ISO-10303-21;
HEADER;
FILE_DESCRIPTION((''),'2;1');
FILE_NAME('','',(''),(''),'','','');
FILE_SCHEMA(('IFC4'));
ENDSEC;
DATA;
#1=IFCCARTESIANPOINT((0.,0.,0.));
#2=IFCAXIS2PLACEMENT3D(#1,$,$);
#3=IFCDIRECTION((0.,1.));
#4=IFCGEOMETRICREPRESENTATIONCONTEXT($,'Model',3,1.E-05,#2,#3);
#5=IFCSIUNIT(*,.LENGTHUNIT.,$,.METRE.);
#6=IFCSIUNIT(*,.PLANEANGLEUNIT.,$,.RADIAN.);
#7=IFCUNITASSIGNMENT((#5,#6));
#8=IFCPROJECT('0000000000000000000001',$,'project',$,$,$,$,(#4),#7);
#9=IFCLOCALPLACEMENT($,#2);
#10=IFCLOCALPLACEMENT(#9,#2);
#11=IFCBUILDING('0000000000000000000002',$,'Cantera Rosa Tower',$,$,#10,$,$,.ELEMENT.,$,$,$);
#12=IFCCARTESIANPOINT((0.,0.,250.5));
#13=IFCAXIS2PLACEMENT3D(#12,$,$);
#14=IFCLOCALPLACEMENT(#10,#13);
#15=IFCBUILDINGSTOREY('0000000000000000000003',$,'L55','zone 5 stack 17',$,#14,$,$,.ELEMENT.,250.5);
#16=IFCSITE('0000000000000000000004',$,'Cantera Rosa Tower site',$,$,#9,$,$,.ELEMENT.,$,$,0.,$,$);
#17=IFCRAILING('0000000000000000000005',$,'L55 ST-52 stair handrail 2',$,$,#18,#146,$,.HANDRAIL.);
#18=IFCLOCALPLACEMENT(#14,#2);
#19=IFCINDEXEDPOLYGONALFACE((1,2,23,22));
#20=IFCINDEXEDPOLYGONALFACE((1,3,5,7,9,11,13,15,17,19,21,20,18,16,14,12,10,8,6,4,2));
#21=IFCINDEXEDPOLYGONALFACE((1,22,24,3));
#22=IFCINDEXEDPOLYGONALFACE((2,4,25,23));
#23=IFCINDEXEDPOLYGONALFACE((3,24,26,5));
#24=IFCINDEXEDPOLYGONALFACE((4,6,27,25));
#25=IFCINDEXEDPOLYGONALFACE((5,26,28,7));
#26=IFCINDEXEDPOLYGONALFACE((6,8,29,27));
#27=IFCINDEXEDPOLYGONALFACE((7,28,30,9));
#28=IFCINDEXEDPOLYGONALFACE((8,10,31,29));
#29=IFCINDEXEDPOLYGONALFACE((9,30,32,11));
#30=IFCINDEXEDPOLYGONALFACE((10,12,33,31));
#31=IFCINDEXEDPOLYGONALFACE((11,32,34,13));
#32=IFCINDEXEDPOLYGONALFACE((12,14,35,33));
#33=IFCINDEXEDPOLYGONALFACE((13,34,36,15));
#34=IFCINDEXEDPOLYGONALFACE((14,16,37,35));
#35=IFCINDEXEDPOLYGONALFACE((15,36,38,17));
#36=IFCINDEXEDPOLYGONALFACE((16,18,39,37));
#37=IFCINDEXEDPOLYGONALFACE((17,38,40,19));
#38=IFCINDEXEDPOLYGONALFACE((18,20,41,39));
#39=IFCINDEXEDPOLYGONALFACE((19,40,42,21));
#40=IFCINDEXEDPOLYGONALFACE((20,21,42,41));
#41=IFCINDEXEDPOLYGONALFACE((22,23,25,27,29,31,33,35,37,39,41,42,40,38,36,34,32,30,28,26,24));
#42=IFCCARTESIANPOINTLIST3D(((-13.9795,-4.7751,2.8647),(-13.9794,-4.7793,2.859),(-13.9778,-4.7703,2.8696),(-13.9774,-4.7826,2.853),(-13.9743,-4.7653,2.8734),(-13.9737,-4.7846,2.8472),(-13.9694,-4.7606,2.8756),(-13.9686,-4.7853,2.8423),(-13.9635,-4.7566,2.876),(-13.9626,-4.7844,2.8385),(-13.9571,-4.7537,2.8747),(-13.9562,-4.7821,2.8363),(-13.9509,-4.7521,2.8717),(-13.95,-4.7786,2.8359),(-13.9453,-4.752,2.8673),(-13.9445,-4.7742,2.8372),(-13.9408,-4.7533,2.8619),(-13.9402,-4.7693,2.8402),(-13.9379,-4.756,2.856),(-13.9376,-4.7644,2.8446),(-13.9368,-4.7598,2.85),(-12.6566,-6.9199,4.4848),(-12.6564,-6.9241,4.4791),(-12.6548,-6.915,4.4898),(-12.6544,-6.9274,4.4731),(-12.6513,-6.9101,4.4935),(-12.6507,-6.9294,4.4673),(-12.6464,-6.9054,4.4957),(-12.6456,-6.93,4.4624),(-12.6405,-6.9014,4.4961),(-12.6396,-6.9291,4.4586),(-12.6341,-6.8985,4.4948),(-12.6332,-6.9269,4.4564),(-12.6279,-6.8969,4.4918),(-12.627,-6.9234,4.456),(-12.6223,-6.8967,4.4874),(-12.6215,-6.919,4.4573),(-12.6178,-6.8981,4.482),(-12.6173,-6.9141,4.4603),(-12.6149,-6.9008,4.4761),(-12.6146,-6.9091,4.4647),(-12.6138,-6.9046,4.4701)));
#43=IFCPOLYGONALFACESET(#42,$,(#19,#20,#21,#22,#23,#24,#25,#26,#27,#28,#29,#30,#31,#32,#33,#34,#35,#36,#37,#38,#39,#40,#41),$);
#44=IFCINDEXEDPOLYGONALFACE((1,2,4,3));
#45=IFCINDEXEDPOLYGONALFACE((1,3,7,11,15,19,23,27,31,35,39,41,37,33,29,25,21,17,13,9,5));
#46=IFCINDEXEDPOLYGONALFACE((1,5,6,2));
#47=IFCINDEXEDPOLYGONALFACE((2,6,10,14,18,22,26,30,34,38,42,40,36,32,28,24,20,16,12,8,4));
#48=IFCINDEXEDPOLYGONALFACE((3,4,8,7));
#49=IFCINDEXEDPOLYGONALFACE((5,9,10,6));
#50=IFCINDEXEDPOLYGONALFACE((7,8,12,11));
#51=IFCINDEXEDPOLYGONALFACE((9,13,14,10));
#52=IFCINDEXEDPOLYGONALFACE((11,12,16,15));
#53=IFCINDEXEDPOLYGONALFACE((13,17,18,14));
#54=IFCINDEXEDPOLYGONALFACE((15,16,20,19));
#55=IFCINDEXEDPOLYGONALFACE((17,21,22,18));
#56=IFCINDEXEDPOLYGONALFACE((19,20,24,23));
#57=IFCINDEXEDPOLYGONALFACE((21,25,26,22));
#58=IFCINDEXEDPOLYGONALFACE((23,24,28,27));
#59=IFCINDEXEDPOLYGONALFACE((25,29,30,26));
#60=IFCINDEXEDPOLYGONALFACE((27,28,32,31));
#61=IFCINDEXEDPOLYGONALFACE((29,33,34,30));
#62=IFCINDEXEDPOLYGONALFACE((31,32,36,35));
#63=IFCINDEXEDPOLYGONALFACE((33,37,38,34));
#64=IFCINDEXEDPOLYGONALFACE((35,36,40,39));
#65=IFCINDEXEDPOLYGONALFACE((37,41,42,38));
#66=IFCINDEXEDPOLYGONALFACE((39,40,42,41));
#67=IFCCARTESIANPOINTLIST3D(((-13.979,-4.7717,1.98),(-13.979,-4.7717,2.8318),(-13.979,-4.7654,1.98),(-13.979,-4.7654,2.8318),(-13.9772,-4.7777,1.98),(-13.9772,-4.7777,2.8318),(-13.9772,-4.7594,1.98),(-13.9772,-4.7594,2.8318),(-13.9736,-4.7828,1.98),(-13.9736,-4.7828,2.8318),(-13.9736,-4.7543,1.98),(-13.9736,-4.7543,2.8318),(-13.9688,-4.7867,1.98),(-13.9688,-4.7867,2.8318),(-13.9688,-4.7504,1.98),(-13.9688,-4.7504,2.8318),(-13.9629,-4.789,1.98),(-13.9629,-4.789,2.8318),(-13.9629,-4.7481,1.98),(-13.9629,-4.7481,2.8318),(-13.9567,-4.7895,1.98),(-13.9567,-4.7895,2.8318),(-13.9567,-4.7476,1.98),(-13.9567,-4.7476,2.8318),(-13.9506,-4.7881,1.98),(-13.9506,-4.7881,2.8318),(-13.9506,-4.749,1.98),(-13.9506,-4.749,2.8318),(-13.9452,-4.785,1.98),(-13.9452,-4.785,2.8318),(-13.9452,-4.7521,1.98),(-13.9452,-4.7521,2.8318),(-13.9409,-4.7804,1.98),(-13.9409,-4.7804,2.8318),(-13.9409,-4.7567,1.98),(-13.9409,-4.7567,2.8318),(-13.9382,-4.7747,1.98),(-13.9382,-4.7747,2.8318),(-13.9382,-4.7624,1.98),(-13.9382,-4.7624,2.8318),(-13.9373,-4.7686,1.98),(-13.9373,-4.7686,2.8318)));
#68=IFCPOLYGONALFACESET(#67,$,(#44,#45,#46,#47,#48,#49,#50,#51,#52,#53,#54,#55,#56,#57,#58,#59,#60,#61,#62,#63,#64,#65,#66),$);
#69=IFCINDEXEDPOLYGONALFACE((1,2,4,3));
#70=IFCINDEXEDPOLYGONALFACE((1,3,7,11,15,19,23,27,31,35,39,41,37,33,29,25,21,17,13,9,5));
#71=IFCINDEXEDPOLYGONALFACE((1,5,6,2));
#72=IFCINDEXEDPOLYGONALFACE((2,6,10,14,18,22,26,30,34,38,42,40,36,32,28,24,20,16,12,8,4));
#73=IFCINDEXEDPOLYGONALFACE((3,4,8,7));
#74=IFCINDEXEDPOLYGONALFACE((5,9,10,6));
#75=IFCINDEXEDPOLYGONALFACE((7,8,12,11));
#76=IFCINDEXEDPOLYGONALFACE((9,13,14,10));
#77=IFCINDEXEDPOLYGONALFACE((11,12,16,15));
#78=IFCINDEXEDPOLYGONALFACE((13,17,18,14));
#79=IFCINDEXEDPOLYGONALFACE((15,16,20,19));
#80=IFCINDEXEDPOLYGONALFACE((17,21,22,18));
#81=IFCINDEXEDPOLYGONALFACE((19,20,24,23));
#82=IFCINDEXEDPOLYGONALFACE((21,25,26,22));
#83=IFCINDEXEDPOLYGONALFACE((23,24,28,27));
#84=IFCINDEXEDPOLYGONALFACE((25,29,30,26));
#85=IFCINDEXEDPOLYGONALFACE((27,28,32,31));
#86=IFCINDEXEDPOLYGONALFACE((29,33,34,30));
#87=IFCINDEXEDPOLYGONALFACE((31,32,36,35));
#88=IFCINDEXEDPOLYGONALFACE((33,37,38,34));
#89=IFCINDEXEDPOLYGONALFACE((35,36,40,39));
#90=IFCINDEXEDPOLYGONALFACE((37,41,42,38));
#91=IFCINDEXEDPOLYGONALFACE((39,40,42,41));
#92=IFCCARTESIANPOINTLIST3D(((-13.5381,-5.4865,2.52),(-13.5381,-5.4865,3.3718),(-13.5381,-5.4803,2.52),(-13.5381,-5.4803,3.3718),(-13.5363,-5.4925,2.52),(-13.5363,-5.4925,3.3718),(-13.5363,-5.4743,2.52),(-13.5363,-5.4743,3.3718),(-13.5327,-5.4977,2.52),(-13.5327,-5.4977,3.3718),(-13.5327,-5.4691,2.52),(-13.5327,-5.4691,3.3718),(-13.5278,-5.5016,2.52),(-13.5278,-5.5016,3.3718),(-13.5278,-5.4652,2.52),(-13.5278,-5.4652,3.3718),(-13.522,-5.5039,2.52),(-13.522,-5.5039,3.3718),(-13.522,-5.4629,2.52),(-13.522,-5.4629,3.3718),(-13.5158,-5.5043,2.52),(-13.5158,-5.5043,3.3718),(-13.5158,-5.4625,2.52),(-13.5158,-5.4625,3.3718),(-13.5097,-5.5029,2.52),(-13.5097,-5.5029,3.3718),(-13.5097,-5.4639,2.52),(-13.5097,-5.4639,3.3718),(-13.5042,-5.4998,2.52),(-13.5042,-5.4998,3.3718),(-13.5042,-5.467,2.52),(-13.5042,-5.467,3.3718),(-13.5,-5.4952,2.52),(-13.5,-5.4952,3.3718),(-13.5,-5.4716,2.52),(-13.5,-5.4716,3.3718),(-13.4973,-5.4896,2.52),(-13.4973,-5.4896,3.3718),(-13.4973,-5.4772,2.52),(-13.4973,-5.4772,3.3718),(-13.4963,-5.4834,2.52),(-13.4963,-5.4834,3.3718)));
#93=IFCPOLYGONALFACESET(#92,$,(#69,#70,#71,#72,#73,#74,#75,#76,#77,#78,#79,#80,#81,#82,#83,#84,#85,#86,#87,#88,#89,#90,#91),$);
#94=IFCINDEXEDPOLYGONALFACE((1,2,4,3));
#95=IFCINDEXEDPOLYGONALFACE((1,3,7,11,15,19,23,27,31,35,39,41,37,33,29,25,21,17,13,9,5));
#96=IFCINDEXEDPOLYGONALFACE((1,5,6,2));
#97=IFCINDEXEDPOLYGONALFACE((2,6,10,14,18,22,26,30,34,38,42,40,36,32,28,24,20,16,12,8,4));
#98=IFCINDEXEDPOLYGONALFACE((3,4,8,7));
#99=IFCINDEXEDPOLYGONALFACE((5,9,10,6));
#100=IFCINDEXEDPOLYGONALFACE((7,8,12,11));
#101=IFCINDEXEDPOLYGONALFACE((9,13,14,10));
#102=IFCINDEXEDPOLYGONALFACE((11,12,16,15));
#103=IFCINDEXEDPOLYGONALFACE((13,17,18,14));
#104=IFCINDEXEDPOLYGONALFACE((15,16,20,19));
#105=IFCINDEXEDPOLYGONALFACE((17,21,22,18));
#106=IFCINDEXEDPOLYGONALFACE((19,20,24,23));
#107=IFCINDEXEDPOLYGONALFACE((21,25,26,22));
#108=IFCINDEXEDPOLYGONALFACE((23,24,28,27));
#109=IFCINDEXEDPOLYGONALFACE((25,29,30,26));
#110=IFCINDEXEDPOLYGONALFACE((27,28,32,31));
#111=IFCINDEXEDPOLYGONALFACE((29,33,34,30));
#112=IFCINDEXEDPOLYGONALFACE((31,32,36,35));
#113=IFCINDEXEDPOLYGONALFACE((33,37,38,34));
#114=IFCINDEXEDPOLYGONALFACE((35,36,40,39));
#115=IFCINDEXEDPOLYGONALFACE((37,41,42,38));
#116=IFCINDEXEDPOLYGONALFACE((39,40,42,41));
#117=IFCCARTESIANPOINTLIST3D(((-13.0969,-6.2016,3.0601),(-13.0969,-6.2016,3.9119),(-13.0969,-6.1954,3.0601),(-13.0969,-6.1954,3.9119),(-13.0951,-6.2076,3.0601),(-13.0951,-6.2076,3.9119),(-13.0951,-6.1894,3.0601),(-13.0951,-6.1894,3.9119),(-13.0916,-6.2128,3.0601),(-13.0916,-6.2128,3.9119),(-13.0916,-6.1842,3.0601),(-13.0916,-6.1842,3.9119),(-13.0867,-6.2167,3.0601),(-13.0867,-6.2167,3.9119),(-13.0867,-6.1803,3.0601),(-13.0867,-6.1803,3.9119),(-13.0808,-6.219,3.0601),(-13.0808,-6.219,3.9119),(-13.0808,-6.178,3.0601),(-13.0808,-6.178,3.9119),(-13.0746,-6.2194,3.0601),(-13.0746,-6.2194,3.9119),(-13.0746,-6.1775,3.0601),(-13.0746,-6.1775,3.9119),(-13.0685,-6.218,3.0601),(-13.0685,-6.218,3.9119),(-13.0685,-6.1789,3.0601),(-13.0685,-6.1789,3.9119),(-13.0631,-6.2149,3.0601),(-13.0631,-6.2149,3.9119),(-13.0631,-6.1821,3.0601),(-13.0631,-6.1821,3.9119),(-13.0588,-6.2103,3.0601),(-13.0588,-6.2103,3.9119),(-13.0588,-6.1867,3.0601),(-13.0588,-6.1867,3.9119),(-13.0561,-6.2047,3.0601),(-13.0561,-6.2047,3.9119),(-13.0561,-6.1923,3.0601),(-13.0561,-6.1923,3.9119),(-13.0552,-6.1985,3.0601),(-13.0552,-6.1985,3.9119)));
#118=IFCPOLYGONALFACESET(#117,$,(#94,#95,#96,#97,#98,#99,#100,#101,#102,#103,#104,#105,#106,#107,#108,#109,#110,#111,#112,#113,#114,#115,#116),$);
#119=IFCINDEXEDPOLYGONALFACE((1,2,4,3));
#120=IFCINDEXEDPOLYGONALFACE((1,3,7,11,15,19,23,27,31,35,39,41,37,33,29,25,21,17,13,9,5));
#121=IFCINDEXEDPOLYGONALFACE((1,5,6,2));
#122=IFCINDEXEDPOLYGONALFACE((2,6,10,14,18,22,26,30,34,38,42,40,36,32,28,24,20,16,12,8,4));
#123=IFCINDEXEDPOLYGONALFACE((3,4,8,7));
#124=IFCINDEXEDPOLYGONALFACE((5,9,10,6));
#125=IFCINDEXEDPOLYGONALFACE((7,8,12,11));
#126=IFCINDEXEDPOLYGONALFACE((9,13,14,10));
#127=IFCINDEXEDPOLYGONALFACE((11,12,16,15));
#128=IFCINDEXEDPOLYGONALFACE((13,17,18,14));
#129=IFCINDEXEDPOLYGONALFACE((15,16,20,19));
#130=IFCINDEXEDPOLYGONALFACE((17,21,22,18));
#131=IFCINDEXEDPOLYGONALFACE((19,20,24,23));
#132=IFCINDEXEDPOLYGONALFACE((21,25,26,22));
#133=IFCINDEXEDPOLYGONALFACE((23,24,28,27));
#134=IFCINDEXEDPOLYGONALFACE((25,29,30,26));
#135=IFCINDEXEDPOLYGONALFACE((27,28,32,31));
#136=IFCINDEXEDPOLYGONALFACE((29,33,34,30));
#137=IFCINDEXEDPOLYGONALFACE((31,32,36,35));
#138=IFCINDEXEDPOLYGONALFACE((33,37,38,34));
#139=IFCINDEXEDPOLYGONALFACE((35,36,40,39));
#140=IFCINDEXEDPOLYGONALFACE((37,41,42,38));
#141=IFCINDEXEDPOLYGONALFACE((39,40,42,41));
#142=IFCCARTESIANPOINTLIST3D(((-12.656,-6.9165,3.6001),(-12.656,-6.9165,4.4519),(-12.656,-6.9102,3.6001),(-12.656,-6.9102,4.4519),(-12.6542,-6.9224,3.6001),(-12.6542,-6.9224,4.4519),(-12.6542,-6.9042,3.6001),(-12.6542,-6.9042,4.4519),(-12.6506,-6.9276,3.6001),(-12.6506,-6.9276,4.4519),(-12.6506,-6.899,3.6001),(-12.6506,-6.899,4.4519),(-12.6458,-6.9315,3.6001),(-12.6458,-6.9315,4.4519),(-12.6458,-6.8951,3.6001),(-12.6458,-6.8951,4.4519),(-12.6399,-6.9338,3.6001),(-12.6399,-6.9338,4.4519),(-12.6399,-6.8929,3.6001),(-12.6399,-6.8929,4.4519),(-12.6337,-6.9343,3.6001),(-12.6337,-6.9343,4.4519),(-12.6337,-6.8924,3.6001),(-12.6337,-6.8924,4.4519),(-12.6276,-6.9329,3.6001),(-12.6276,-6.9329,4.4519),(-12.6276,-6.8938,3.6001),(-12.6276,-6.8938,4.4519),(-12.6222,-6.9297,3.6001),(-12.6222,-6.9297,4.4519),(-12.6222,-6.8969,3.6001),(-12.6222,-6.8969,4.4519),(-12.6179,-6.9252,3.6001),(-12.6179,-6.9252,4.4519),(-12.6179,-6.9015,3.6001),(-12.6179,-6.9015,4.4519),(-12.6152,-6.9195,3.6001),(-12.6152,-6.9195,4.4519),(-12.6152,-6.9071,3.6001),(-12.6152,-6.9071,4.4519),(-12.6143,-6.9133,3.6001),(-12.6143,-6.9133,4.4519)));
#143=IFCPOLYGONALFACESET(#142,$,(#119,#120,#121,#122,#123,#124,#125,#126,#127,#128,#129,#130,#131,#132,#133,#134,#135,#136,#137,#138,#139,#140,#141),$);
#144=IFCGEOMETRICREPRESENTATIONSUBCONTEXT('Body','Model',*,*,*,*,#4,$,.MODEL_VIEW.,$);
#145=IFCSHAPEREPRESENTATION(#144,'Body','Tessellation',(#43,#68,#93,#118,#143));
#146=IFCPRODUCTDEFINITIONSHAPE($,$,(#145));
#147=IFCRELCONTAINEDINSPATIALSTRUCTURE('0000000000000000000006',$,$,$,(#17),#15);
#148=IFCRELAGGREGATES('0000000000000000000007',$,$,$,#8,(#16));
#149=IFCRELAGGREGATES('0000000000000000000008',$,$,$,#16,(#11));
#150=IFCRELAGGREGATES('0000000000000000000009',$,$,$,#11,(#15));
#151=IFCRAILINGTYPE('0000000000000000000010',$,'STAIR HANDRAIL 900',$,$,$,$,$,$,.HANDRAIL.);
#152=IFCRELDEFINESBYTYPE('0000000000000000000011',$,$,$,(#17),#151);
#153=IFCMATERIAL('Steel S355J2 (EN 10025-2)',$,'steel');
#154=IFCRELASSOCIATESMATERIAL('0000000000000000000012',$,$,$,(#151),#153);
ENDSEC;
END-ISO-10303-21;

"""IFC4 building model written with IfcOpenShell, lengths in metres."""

from ifc_helpers import new_model, si_unit, direction, frame, origin, origin_2d, place, context, subcontext, project, spatial, circle, extrude, material, type_object, element, save


model = new_model("IFC4")

# Units and contexts
model_context = context("Model", 3, precision=1e-05, world=origin(), true_north=direction((0.0, 1.0)))
body_context = subcontext(model_context, "Body", "Model", "MODEL_VIEW")
ifc_project = project(units=[si_unit("LENGTHUNIT", "METRE"), si_unit("PLANEANGLEUNIT", "RADIAN")], contexts=[model_context])

# Site, building, storey
site_placement = place(None, origin())
site = spatial("IfcSite", under=ifc_project, at=site_placement, Name="Cantera Rosa Tower site", CompositionType="ELEMENT", RefElevation=0.0)
building_placement = place(site_placement, origin())
building = spatial("IfcBuilding", under=site, at=building_placement, Name="Cantera Rosa Tower", CompositionType="ELEMENT")
storey_placement = place(building_placement, frame((0.0, 0.0, 250.5)))
storey = spatial("IfcBuildingStorey", under=building, at=storey_placement, Name="L55", Description="zone 5 stack 17", CompositionType="ELEMENT", Elevation=250.5)

# Railing
ifc_material_1 = material(Name="Steel S355J2 (EN 10025-2)", Category="steel")
railing_type_1 = type_object("IfcRailingType", Name="STAIR HANDRAIL 900", PredefinedType="HANDRAIL", material=ifc_material_1)
railing_1_placement = place(storey_placement, frame((-13.9583, -4.7686, 1.98)))
element("IfcRailing", 1, at=railing_1_placement, inside=storey, type_object=railing_type_1, Name="L55 ST-52 stair handrail 2", PredefinedType="HANDRAIL", context=body_context, shape_type="SweptSolid", body=[
    extrude(circle(Radius=0.0239, at=origin_2d()), frame((0.0, 0.0, 0.876), z_axis=(0.441609, -0.715914, 0.540786), x_axis=(0.851102, 0.525, 0.0)), (0.0, 0.0, 1.0), 2.9958),
    extrude(circle(Radius=0.021, at=origin_2d()), origin(), (0.0, 0.0, 1.0), 0.8518),
    extrude(circle(Radius=0.021, at=origin_2d()), frame((0.4409, -0.7148, 0.54)), (0.0, 0.0, 1.0), 0.8518),
    extrude(circle(Radius=0.021, at=origin_2d()), frame((0.8821, -1.4299, 1.0801)), (0.0, 0.0, 1.0), 0.8518),
    extrude(circle(Radius=0.021, at=origin_2d()), frame((1.323, -2.1448, 1.6201)), (0.0, 0.0, 1.0), 0.8518),
])

save(model, "model.ifc")
